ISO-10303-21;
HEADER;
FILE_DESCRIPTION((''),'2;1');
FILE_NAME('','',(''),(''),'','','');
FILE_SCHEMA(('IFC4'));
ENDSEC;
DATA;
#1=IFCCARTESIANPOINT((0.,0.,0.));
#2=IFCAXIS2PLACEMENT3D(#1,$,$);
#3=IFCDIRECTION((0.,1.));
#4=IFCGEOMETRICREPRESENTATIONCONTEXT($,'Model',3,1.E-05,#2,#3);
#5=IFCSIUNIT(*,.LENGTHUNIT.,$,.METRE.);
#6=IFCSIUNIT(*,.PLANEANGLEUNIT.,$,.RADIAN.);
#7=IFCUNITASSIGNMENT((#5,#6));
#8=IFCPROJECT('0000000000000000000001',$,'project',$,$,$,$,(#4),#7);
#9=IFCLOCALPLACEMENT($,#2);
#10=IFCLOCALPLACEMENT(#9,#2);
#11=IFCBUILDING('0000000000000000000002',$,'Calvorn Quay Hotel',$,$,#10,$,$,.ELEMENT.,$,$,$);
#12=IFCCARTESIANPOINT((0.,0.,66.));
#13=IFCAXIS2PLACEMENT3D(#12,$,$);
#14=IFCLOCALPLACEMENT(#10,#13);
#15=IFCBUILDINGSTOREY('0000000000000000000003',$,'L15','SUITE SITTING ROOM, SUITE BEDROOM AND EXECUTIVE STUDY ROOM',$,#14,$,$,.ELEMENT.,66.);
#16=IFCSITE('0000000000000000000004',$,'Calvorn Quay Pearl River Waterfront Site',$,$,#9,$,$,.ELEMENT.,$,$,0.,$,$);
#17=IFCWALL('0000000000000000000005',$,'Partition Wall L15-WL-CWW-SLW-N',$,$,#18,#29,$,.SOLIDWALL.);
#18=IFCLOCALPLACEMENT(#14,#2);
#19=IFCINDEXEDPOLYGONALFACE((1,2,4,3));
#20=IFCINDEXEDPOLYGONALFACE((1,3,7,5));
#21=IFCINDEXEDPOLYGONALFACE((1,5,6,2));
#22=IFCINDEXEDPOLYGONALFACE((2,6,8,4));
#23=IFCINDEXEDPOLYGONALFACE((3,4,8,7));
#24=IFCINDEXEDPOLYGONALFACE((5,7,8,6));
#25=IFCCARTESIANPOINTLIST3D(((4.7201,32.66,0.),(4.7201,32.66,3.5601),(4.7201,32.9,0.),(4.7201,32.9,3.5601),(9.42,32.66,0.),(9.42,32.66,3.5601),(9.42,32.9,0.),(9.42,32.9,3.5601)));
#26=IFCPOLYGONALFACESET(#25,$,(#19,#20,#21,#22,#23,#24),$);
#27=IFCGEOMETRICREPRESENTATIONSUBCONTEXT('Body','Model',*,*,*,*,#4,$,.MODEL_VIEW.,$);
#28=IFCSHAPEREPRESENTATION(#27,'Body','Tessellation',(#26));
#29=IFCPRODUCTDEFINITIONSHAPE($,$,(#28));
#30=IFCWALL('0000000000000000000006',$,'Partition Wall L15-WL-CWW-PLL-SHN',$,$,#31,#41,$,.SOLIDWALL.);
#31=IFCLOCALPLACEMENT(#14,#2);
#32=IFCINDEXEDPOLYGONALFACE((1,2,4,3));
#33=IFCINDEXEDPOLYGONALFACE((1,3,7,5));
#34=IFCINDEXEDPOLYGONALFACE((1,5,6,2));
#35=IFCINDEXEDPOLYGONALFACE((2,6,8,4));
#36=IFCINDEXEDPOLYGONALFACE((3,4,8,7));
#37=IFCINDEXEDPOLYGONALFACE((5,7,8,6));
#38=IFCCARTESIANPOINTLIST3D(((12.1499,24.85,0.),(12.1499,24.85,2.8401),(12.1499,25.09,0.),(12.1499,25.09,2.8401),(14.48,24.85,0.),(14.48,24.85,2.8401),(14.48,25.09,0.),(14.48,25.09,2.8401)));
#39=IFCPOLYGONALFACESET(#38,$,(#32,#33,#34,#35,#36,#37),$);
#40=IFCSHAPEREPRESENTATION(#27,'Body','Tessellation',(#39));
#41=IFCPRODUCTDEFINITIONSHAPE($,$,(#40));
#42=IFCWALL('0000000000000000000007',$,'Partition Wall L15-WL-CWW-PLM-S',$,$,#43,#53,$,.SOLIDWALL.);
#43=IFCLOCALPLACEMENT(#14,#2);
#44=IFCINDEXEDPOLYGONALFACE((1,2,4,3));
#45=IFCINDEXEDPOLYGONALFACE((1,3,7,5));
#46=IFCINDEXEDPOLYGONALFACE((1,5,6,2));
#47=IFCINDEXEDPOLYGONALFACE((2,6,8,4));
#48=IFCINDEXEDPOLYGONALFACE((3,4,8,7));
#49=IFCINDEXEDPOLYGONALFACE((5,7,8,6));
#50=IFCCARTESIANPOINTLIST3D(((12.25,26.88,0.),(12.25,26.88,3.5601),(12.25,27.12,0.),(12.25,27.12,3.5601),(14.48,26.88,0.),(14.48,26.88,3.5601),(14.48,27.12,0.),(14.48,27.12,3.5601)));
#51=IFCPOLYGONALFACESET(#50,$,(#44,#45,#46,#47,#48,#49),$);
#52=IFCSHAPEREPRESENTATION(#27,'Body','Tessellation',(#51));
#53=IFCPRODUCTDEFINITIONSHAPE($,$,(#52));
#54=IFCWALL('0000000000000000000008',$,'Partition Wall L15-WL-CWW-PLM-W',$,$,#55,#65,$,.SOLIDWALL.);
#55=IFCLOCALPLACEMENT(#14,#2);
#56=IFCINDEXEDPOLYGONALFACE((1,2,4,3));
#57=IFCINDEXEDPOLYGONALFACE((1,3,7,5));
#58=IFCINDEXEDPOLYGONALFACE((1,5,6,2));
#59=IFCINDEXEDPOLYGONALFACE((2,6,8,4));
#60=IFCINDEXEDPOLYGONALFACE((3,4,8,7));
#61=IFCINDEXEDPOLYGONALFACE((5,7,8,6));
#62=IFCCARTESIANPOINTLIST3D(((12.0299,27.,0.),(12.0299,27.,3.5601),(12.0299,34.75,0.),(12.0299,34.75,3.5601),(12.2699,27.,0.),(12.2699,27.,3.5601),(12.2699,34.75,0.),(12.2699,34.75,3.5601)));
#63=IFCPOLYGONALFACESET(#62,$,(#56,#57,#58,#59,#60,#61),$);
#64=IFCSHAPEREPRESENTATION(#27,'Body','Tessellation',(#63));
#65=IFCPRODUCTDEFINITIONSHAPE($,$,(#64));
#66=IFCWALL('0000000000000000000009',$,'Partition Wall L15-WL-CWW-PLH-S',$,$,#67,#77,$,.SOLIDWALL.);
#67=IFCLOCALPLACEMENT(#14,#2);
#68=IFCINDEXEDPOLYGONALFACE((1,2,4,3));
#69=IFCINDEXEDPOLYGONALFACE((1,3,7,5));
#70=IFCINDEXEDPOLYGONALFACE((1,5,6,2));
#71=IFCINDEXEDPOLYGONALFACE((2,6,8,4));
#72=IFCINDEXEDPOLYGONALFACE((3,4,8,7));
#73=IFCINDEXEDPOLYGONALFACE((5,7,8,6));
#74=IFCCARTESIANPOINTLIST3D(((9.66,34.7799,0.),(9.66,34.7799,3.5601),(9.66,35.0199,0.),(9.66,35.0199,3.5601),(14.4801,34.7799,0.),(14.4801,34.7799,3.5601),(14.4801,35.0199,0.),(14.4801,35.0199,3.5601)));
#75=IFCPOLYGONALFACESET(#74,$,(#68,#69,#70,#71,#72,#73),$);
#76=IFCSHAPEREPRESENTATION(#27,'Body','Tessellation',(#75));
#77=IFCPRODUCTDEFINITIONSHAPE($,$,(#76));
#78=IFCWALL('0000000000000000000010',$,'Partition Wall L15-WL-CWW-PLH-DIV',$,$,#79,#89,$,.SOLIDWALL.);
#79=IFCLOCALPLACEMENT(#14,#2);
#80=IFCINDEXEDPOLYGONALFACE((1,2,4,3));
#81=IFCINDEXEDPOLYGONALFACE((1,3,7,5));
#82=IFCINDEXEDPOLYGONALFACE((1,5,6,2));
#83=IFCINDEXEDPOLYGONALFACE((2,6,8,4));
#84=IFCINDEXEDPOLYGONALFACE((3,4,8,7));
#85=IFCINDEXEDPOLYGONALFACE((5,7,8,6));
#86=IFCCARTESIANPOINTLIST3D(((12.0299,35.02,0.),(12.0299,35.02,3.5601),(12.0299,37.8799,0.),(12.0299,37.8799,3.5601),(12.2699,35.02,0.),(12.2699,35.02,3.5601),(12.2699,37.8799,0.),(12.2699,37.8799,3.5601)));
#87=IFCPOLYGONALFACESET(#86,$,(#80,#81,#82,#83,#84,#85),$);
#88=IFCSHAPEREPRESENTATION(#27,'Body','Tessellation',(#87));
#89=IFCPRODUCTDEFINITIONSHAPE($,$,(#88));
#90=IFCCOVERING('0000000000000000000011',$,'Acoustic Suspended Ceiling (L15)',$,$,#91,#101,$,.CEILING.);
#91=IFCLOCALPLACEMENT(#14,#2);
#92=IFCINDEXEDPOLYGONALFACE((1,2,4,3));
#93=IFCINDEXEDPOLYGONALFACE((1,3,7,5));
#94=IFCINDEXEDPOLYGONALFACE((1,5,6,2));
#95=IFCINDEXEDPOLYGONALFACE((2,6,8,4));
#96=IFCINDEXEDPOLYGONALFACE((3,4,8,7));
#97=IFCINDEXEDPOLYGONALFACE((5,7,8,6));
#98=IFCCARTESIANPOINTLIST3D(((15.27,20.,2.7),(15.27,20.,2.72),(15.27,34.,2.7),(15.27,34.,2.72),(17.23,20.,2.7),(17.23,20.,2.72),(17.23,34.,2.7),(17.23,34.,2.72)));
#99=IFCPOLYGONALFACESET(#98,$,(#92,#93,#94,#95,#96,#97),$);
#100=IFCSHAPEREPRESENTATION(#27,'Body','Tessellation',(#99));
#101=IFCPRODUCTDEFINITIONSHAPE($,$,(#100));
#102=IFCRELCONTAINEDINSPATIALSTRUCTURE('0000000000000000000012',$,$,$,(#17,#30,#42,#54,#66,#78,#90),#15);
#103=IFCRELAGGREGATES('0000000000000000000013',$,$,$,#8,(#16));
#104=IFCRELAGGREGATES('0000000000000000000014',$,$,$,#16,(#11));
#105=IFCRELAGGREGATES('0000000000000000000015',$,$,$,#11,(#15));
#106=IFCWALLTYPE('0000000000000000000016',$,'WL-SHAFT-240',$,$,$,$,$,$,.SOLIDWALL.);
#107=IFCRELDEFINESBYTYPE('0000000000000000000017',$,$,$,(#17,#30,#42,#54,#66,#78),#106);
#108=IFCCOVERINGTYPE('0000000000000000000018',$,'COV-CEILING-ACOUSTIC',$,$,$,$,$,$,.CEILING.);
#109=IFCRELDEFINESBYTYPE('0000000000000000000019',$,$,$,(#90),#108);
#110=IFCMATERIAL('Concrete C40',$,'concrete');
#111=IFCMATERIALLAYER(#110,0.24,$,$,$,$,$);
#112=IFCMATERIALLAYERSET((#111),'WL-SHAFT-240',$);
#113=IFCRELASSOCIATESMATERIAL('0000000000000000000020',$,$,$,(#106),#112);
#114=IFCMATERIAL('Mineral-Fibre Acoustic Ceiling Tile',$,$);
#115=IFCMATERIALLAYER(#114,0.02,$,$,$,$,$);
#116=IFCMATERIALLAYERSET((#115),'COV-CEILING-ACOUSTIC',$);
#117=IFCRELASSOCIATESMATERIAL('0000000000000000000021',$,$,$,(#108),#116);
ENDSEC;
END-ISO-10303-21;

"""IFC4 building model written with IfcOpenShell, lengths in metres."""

from ifc_helpers import new_model, si_unit, direction, frame, frame_2d, origin, origin_2d, place, context, subcontext, project, spatial, rectangle, extrude, material, layer, layer_set, type_object, element, save


model = new_model("IFC4")

# Units and contexts
model_context = context("Model", 3, precision=1e-05, world=origin(), true_north=direction((0.0, 1.0)))
body_context = subcontext(model_context, "Body", "Model", "MODEL_VIEW")
ifc_project = project(units=[si_unit("LENGTHUNIT", "METRE"), si_unit("PLANEANGLEUNIT", "RADIAN")], contexts=[model_context])

# Site, building, storey
site_placement = place(None, origin())
site = spatial("IfcSite", under=ifc_project, at=site_placement, Name="Calvorn Quay Pearl River Waterfront Site", CompositionType="ELEMENT", RefElevation=0.0)
building_placement = place(site_placement, origin())
building = spatial("IfcBuilding", under=site, at=building_placement, Name="Calvorn Quay Hotel", CompositionType="ELEMENT")
storey_placement = place(building_placement, frame((0.0, 0.0, 66.0)))
storey = spatial("IfcBuildingStorey", under=building, at=storey_placement, Name="L15", Description="SUITE SITTING ROOM, SUITE BEDROOM AND EXECUTIVE STUDY ROOM", CompositionType="ELEMENT", Elevation=66.0)

# Shared definitions
ifc_material_1 = material(Name="Concrete C40", Category="concrete")
ifc_layer_1 = layer(ifc_material_1, 0.24)
ifc_layer_set_1 = layer_set([ifc_layer_1], Name="WL-SHAFT-240")
wall_type_1 = type_object("IfcWallType", Name="WL-SHAFT-240", PredefinedType="SOLIDWALL", material=ifc_layer_set_1)

# Wall
wall_1_placement = place(storey_placement, frame((4.72, 32.78, 0.0), z_axis=(0.0, 0.0, 1.0), x_axis=(1.0, 0.0, 0.0)))
element("IfcWall", 1, at=wall_1_placement, inside=storey, type_object=wall_type_1, Name="Partition Wall L15-WL-CWW-SLW-N", PredefinedType="SOLIDWALL", context=body_context, shape_type="SweptSolid", body=[
    extrude(rectangle(XDim=4.7, YDim=0.24, at=frame_2d((2.3501, 0.0))), origin(), (0.0, 0.0, 1.0), 3.5601),
])

# Walls
wall_2_placement = place(storey_placement, frame((12.1499, 24.97, 0.0), z_axis=(0.0, 0.0, 1.0), x_axis=(1.0, 0.0, 0.0)))
element("IfcWall", 2, at=wall_2_placement, inside=storey, type_object=wall_type_1, Name="Partition Wall L15-WL-CWW-PLL-SHN", PredefinedType="SOLIDWALL", context=body_context, shape_type="SweptSolid", body=[
    extrude(rectangle(XDim=2.3301, YDim=0.24, at=frame_2d((1.165, 0.0))), origin(), (0.0, 0.0, 1.0), 2.8401),
])
wall_3_placement = place(storey_placement, frame((12.25, 27.0, 0.0), z_axis=(0.0, 0.0, 1.0), x_axis=(1.0, 0.0, 0.0)))
element("IfcWall", 3, at=wall_3_placement, inside=storey, type_object=wall_type_1, Name="Partition Wall L15-WL-CWW-PLM-S", PredefinedType="SOLIDWALL", context=body_context, shape_type="SweptSolid", body=[
    extrude(rectangle(XDim=2.23, YDim=0.24, at=frame_2d((1.115, 0.0))), origin(), (0.0, 0.0, 1.0), 3.5601),
])
wall_4_placement = place(storey_placement, frame((12.1499, 27.0, 0.0), z_axis=(0.0, 0.0, 1.0), x_axis=(0.0, 1.0, 0.0)))
element("IfcWall", 4, at=wall_4_placement, inside=storey, type_object=wall_type_1, Name="Partition Wall L15-WL-CWW-PLM-W", PredefinedType="SOLIDWALL", context=body_context, shape_type="SweptSolid", body=[
    extrude(rectangle(XDim=7.75, YDim=0.24, at=frame_2d((3.875, 0.0))), origin(), (0.0, 0.0, 1.0), 3.5601),
])
wall_5_placement = place(storey_placement, frame((9.6599, 34.8999, 0.0), z_axis=(0.0, 0.0, 1.0), x_axis=(1.0, 0.0, 0.0)))
element("IfcWall", 5, at=wall_5_placement, inside=storey, type_object=wall_type_1, Name="Partition Wall L15-WL-CWW-PLH-S", PredefinedType="SOLIDWALL", context=body_context, shape_type="SweptSolid", body=[
    extrude(rectangle(XDim=4.8201, YDim=0.24, at=frame_2d((2.4102, 0.0))), origin(), (0.0, 0.0, 1.0), 3.5601),
])
wall_6_placement = place(storey_placement, frame((12.1499, 35.02, 0.0), z_axis=(0.0, 0.0, 1.0), x_axis=(0.0, 1.0, 0.0)))
element("IfcWall", 6, at=wall_6_placement, inside=storey, type_object=wall_type_1, Name="Partition Wall L15-WL-CWW-PLH-DIV", PredefinedType="SOLIDWALL", context=body_context, shape_type="SweptSolid", body=[
    extrude(rectangle(XDim=2.8599, YDim=0.24, at=frame_2d((1.4299, 0.0))), origin(), (0.0, 0.0, 1.0), 3.5601),
])

# Covering
ifc_material_2 = material(Name="Mineral-Fibre Acoustic Ceiling Tile")
ifc_layer_2 = layer(ifc_material_2, 0.02)
ifc_layer_set_2 = layer_set([ifc_layer_2], Name="COV-CEILING-ACOUSTIC")
covering_type = type_object("IfcCoveringType", Name="COV-CEILING-ACOUSTIC", PredefinedType="CEILING", material=ifc_layer_set_2)
covering_placement = place(storey_placement, frame((16.25, 27.0, 2.7), z_axis=(0.0, 0.0, 1.0), x_axis=(1.0, 0.0, 0.0)))
element("IfcCovering", 7, at=covering_placement, inside=storey, type_object=covering_type, Name="Acoustic Suspended Ceiling (L15)", PredefinedType="CEILING", context=body_context, shape_type="SweptSolid", body=[
    extrude(rectangle(XDim=1.96, YDim=14.0, at=origin_2d()), origin(), (0.0, 0.0, 1.0), 0.02),
])

save(model, "model.ifc")
